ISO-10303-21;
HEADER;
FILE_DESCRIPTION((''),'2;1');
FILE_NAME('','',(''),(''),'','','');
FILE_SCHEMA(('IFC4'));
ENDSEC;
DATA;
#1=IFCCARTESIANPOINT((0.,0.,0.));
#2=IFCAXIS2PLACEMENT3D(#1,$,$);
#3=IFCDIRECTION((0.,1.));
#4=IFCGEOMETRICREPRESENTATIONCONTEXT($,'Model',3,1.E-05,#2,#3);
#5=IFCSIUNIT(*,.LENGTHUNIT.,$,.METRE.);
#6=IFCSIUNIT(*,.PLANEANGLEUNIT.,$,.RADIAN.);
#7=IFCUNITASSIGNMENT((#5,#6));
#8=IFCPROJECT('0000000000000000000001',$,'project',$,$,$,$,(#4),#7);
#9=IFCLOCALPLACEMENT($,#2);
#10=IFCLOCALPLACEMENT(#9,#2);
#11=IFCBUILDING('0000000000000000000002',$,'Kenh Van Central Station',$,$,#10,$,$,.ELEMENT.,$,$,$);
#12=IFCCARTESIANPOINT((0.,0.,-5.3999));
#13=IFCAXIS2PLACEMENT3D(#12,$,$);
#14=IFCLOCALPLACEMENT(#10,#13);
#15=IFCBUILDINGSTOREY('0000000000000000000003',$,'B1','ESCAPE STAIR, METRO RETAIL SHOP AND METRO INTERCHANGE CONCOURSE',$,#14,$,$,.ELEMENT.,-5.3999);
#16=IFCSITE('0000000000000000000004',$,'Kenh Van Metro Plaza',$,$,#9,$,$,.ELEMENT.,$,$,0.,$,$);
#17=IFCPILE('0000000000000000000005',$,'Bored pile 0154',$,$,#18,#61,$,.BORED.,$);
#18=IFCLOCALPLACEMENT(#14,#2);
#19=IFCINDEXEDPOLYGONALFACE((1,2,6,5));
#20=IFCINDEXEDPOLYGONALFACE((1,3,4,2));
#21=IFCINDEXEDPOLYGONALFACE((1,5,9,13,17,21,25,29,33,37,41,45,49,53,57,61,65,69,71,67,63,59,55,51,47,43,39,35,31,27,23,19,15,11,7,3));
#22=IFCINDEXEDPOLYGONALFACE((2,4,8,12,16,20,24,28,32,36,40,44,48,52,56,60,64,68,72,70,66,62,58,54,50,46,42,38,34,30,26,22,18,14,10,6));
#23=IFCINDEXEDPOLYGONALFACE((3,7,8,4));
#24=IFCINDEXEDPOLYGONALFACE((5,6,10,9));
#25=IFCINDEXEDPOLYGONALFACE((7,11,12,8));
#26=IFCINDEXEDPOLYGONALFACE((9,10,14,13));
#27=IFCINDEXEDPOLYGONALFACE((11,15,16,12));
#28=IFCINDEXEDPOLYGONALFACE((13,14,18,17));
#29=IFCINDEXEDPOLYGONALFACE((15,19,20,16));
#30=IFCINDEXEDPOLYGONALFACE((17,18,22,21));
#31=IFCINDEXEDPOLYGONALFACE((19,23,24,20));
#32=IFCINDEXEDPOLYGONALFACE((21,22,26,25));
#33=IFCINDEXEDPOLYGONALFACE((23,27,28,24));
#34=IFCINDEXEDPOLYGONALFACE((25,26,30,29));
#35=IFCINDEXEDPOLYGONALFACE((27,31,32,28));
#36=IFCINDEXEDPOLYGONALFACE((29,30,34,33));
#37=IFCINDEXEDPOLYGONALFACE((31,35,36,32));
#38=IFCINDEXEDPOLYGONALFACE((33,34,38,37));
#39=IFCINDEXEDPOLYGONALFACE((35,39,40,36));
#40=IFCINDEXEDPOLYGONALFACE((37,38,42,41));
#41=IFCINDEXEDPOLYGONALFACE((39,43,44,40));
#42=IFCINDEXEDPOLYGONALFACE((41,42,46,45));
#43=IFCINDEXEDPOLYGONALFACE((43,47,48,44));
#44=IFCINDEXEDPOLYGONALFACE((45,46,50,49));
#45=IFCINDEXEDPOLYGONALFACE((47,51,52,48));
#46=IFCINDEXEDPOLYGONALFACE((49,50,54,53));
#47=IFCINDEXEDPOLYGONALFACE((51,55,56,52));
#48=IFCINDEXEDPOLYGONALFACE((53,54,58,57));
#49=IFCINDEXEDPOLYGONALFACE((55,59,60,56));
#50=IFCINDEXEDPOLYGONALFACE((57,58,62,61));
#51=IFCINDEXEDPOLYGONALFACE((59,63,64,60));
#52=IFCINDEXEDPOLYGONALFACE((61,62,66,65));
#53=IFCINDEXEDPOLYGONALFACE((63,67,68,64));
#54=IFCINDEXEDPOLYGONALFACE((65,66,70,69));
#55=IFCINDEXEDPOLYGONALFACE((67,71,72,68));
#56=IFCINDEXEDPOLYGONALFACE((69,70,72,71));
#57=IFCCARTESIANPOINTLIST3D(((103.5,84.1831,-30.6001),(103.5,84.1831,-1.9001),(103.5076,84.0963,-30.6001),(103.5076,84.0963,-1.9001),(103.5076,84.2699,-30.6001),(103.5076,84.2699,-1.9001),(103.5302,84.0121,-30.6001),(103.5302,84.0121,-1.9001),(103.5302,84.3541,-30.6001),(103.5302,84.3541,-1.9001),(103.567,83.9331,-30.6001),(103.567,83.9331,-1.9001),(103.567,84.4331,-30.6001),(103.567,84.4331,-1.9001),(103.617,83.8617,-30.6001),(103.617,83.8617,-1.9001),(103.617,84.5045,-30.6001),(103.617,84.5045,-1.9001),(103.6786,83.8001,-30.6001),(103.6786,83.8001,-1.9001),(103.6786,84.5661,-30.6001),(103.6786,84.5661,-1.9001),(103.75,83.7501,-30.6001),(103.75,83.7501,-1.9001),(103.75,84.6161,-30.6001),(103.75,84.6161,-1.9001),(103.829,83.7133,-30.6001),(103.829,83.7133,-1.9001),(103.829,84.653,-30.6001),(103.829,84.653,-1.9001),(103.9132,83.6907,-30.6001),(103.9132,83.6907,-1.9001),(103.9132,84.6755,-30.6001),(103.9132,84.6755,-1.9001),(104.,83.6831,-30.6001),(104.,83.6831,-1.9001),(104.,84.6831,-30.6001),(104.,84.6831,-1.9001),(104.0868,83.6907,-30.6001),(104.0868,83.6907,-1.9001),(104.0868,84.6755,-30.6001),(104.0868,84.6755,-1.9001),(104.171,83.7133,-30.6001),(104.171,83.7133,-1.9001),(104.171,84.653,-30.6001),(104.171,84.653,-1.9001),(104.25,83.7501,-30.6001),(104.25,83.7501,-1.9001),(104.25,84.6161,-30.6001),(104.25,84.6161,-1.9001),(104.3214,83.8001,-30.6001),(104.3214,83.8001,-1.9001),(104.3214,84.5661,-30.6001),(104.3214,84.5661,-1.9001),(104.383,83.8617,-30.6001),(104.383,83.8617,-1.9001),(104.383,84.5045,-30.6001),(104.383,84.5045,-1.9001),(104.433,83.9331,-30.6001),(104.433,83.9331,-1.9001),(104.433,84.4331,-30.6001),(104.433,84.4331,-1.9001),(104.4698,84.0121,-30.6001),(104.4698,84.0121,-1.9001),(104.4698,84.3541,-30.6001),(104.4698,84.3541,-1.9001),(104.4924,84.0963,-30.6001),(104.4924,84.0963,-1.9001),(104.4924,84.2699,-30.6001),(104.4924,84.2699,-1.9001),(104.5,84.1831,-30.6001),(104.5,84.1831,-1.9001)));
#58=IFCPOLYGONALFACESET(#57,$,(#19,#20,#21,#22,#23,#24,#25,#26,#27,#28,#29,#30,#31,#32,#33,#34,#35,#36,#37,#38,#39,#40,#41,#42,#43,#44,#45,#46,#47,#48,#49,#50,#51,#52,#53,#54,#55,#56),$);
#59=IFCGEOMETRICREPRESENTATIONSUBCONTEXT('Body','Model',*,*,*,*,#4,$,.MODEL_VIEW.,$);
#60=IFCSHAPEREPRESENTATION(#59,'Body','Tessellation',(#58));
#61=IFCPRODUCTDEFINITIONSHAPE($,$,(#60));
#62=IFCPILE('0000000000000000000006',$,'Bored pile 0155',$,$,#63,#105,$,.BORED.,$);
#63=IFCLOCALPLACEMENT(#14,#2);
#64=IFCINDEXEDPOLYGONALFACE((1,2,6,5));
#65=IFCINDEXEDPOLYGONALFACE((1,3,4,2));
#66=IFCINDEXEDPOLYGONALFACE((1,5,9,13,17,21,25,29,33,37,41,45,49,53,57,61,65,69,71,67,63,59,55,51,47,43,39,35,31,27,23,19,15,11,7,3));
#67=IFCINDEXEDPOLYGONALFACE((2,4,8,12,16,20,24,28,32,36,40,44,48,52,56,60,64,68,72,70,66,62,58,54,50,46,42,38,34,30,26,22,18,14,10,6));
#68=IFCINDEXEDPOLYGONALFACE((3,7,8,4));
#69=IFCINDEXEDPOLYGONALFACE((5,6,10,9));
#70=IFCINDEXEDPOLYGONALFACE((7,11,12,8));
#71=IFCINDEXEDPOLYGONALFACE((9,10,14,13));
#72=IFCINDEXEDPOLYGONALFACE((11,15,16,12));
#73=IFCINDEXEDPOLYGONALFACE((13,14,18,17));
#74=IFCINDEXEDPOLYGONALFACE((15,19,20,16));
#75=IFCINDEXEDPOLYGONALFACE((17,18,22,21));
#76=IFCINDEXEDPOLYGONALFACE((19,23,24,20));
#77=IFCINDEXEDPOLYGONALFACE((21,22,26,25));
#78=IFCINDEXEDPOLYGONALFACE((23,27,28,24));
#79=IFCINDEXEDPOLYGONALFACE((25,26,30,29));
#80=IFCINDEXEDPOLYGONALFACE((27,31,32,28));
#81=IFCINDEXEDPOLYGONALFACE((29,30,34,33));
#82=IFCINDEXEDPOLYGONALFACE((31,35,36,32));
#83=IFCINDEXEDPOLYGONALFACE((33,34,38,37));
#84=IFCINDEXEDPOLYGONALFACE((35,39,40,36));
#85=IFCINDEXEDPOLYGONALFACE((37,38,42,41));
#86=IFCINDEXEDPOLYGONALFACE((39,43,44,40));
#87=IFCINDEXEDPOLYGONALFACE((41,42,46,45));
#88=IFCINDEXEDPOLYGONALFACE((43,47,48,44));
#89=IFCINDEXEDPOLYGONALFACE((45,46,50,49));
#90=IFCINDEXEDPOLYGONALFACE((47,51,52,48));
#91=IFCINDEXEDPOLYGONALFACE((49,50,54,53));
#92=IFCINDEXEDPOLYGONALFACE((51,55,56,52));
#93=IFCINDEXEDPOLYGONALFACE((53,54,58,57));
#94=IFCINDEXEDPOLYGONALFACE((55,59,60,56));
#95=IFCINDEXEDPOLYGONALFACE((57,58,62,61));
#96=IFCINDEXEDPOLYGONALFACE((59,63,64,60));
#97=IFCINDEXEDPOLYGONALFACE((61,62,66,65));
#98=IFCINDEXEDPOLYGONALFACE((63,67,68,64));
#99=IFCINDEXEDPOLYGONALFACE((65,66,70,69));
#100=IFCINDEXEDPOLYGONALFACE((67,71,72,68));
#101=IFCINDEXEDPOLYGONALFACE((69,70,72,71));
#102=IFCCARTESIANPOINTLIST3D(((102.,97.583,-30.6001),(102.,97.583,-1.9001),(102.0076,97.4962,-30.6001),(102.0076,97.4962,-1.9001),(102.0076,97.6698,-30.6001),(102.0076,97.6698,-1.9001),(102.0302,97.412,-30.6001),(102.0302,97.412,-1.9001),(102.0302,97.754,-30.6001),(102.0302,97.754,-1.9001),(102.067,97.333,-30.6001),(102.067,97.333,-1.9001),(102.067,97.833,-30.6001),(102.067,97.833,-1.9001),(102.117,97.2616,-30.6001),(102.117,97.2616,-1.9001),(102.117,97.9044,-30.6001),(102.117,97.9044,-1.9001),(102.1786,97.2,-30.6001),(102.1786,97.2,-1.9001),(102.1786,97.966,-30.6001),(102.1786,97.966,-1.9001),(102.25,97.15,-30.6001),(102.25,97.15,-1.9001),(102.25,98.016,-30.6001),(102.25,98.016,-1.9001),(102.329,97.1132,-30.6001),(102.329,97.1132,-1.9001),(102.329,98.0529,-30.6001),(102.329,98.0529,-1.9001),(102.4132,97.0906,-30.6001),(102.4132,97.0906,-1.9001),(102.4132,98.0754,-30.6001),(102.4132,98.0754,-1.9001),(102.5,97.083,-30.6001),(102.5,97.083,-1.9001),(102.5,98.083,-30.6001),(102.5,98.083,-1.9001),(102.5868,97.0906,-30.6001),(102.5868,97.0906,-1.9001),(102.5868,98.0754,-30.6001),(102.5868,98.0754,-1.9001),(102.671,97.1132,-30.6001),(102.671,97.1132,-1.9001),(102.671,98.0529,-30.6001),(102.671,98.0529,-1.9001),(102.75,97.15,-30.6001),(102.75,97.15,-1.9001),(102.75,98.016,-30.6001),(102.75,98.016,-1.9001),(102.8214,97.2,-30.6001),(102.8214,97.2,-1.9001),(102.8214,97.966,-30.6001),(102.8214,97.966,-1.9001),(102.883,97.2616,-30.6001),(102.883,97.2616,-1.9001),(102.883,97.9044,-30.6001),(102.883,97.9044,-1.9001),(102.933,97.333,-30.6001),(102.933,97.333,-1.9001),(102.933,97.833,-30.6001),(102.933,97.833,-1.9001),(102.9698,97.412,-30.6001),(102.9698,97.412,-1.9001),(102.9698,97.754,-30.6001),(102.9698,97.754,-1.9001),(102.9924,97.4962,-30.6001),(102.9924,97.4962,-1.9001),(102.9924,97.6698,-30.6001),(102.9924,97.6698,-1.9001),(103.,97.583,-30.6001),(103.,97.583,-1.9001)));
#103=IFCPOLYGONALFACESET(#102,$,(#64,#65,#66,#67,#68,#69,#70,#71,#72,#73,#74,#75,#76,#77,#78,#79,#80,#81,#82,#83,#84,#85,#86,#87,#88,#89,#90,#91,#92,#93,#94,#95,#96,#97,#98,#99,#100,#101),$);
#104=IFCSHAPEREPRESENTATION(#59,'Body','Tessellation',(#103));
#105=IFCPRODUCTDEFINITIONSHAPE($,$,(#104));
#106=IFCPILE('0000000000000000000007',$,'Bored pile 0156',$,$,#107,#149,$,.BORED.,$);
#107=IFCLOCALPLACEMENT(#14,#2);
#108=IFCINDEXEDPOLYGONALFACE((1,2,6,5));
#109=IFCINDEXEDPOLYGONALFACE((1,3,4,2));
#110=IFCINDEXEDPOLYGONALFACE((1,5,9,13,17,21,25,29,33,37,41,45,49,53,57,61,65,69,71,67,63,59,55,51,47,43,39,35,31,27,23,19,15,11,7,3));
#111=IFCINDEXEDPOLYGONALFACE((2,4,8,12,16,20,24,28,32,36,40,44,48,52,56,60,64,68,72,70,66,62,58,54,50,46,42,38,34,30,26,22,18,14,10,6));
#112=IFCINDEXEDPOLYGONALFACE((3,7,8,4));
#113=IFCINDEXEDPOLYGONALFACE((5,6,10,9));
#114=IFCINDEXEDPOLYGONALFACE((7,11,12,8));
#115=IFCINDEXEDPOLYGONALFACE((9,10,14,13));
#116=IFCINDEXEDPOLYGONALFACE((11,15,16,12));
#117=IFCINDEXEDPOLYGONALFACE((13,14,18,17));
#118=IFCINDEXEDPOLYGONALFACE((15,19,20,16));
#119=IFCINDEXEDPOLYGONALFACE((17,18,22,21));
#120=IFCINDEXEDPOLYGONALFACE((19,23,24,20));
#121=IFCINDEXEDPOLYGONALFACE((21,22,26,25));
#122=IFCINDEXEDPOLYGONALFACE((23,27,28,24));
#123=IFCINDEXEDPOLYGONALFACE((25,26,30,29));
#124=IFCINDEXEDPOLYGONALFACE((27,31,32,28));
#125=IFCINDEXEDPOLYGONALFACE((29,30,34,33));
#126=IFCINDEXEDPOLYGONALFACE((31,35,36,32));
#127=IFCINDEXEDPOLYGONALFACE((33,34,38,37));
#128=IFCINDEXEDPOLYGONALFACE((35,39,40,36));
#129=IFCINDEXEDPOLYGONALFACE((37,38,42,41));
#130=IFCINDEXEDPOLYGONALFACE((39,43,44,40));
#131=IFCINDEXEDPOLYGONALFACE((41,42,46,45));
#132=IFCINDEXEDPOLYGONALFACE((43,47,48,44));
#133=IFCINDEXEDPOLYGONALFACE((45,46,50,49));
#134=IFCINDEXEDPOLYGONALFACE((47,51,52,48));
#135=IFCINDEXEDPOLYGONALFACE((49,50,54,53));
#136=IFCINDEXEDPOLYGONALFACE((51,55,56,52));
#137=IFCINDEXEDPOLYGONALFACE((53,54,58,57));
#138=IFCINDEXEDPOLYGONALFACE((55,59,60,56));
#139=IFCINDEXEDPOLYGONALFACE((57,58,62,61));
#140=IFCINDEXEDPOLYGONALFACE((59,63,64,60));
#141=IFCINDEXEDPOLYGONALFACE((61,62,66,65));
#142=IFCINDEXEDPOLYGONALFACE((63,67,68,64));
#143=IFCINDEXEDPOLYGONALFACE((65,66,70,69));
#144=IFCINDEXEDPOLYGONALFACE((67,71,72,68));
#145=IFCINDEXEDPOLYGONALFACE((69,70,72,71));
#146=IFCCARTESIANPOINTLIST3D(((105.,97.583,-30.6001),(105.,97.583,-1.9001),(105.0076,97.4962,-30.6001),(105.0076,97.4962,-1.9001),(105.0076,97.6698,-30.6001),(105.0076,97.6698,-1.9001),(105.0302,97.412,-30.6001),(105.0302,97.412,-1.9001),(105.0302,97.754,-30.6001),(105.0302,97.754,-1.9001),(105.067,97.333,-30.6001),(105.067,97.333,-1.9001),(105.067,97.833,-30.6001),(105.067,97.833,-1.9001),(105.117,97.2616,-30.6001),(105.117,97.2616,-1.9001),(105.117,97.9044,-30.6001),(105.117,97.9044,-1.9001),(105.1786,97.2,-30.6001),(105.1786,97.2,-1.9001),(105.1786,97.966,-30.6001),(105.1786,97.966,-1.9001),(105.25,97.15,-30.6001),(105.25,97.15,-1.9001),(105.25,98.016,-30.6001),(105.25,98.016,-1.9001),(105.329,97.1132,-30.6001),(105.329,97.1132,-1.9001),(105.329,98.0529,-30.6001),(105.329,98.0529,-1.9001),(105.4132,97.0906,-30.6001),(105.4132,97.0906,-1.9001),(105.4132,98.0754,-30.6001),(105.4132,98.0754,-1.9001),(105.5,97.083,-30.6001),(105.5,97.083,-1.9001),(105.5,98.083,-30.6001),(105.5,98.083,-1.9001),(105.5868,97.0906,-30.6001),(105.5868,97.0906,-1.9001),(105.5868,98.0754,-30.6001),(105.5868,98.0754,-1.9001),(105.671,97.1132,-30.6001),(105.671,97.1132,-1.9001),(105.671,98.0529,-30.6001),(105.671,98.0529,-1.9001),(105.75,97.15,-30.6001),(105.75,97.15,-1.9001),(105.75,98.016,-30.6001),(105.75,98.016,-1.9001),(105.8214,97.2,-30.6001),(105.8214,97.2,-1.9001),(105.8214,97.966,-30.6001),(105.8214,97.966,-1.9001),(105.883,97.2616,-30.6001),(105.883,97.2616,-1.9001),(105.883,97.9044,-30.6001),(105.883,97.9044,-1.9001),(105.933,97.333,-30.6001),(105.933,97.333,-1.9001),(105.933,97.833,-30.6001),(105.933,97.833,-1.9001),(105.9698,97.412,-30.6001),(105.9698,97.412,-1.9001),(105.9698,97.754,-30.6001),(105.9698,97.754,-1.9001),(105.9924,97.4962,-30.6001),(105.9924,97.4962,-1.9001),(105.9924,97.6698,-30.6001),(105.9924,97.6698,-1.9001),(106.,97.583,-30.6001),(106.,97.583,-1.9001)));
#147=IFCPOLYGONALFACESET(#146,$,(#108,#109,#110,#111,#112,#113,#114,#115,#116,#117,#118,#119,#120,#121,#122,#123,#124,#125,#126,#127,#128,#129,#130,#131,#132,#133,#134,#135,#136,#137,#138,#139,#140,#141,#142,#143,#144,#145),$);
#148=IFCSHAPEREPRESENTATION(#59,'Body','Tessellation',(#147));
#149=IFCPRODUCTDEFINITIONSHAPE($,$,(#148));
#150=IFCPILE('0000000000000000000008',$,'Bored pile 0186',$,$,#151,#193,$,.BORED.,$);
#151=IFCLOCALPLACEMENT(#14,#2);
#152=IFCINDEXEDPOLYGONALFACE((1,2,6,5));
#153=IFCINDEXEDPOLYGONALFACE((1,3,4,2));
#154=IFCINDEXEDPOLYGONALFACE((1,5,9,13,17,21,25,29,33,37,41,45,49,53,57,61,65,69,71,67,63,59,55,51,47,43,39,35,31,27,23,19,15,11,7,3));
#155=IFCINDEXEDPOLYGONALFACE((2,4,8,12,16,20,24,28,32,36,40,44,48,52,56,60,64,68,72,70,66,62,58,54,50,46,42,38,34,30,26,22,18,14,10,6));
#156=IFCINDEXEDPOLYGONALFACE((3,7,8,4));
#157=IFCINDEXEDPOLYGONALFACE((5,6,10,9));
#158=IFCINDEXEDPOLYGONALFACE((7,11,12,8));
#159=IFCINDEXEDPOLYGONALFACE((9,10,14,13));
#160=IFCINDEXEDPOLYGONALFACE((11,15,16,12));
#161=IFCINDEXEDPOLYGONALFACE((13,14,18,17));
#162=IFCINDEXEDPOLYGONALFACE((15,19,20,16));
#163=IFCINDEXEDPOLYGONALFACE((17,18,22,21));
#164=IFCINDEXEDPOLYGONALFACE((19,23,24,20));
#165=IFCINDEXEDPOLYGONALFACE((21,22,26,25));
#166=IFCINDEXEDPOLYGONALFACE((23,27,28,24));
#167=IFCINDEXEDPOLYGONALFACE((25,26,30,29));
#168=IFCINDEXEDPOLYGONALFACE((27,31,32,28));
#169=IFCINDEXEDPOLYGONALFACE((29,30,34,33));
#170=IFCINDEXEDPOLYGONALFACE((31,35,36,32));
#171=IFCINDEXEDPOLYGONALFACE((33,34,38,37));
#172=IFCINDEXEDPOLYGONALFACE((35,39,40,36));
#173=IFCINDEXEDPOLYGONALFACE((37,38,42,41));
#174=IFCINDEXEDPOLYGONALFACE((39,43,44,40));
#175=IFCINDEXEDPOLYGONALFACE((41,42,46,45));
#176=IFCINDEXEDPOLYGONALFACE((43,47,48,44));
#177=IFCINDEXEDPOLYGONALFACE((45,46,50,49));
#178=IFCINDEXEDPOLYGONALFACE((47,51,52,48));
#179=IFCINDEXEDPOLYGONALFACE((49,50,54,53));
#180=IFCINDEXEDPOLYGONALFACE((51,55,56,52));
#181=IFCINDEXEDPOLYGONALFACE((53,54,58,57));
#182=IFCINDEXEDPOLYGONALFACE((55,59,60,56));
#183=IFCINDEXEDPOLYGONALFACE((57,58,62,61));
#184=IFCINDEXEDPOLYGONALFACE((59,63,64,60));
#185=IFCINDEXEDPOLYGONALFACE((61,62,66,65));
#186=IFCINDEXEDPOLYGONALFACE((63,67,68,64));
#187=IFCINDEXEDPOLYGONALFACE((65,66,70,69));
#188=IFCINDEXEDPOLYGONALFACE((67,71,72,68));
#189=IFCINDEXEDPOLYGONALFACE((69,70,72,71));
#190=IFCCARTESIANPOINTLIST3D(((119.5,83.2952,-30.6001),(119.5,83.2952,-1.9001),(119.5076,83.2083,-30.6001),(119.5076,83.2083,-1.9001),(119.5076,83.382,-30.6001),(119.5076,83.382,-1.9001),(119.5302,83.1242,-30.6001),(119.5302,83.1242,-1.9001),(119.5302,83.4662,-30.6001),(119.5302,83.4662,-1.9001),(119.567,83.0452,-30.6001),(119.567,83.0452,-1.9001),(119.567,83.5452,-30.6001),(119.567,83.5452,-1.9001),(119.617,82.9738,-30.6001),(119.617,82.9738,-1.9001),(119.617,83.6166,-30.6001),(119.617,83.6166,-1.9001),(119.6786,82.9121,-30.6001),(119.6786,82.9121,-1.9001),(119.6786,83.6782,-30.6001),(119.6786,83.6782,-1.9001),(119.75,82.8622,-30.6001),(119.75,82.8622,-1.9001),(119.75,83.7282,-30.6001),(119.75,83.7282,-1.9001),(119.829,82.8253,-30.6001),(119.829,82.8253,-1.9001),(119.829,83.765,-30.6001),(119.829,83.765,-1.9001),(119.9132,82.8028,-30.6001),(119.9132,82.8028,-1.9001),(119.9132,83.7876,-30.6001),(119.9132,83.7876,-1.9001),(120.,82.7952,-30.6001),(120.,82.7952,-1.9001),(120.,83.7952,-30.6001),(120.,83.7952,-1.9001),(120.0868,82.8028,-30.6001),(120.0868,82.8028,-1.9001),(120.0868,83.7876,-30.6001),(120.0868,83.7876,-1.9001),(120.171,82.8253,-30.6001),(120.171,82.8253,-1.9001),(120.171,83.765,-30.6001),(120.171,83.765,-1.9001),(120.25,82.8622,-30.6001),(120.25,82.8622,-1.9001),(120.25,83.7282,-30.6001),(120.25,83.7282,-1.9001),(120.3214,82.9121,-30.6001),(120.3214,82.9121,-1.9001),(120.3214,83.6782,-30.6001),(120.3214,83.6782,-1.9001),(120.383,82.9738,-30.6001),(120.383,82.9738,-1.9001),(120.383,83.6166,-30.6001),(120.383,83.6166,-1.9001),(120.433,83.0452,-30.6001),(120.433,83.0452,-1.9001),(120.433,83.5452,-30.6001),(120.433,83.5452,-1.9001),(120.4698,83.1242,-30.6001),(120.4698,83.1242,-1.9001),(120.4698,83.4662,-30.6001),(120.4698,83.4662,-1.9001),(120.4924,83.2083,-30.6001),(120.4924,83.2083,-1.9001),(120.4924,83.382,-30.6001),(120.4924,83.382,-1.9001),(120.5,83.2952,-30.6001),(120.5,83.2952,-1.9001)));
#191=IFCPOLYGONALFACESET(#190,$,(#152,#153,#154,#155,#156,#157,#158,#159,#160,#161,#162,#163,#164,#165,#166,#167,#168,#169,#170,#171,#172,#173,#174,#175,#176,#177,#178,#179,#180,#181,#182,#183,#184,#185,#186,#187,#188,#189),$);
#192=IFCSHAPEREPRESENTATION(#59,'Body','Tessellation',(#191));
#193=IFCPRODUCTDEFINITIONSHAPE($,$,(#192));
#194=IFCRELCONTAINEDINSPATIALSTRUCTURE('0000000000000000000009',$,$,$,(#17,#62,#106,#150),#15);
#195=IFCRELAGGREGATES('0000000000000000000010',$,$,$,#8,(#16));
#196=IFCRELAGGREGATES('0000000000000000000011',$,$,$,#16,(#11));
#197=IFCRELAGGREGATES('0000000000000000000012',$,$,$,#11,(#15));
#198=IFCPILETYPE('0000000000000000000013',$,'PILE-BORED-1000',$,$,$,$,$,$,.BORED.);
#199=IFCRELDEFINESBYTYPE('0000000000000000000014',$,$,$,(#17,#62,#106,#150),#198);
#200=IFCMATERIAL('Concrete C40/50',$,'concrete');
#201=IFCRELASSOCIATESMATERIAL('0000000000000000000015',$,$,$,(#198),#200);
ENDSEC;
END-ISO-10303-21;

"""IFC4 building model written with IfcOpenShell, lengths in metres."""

from ifc_helpers import new_model, si_unit, direction, frame, origin, origin_2d, place, context, subcontext, project, spatial, circle, extrude, material, material_profile, profile_set, type_object, element, save


model = new_model("IFC4")

# Units and contexts
model_context = context("Model", 3, precision=1e-05, world=origin(), true_north=direction((0.0, 1.0)))
body_context = subcontext(model_context, "Body", "Model", "MODEL_VIEW")
ifc_project = project(units=[si_unit("LENGTHUNIT", "METRE"), si_unit("PLANEANGLEUNIT", "RADIAN")], contexts=[model_context])

# Site, building, storey
site_placement = place(None, origin())
site = spatial("IfcSite", under=ifc_project, at=site_placement, Name="Kenh Van Metro Plaza", CompositionType="ELEMENT", RefElevation=0.0)
building_placement = place(site_placement, origin())
building = spatial("IfcBuilding", under=site, at=building_placement, Name="Kenh Van Central Station", CompositionType="ELEMENT")
storey_placement = place(building_placement, frame((0.0, 0.0, -5.3999)))
storey = spatial("IfcBuildingStorey", under=building, at=storey_placement, Name="B1", Description="ESCAPE STAIR, METRO RETAIL SHOP AND METRO INTERCHANGE CONCOURSE", CompositionType="ELEMENT", Elevation=-5.3999)

# Shared definitions
ifc_material = material(Name="Concrete C40/50", Category="concrete")

# Piles
ifc_material_profile_1 = material_profile(ifc_material, circle(Radius=0.5, at=origin_2d()), Name="PILE D1000")
ifc_profile_set_1 = profile_set([ifc_material_profile_1], Name="Concrete C40/50")
pile_type_1 = type_object("IfcPileType", Name="PILE-BORED-1000", PredefinedType="BORED", material=ifc_profile_set_1)
for number, where, z_axis, x_axis, name in (
    (1, (104.0, 84.1831, -1.9001), (0.0, 0.0, -1.0), (1.0, 0.0, 0.0), "Bored pile 0154"),
    (2, (102.5, 97.583, -1.9001), (0.0, 0.0, -1.0), (1.0, 0.0, 0.0), "Bored pile 0155"),
    (3, (105.5, 97.583, -1.9001), (0.0, 0.0, -1.0), (1.0, 0.0, 0.0), "Bored pile 0156"),
    (4, (120.0, 83.2952, -1.9001), (0.0, 0.0, -1.0), (1.0, 0.0, 0.0), "Bored pile 0186"),
):
    element("IfcPile", number, at=place(storey_placement, frame(where, z_axis=z_axis, x_axis=x_axis)), inside=storey, type_object=pile_type_1, Name=name, PredefinedType="BORED", context=body_context, shape_type="SweptSolid", body=[
        extrude(circle(Radius=0.5, at=origin_2d()), origin(), (0.0, 0.0, 1.0), 28.7),
    ])

save(model, "model.ifc")
